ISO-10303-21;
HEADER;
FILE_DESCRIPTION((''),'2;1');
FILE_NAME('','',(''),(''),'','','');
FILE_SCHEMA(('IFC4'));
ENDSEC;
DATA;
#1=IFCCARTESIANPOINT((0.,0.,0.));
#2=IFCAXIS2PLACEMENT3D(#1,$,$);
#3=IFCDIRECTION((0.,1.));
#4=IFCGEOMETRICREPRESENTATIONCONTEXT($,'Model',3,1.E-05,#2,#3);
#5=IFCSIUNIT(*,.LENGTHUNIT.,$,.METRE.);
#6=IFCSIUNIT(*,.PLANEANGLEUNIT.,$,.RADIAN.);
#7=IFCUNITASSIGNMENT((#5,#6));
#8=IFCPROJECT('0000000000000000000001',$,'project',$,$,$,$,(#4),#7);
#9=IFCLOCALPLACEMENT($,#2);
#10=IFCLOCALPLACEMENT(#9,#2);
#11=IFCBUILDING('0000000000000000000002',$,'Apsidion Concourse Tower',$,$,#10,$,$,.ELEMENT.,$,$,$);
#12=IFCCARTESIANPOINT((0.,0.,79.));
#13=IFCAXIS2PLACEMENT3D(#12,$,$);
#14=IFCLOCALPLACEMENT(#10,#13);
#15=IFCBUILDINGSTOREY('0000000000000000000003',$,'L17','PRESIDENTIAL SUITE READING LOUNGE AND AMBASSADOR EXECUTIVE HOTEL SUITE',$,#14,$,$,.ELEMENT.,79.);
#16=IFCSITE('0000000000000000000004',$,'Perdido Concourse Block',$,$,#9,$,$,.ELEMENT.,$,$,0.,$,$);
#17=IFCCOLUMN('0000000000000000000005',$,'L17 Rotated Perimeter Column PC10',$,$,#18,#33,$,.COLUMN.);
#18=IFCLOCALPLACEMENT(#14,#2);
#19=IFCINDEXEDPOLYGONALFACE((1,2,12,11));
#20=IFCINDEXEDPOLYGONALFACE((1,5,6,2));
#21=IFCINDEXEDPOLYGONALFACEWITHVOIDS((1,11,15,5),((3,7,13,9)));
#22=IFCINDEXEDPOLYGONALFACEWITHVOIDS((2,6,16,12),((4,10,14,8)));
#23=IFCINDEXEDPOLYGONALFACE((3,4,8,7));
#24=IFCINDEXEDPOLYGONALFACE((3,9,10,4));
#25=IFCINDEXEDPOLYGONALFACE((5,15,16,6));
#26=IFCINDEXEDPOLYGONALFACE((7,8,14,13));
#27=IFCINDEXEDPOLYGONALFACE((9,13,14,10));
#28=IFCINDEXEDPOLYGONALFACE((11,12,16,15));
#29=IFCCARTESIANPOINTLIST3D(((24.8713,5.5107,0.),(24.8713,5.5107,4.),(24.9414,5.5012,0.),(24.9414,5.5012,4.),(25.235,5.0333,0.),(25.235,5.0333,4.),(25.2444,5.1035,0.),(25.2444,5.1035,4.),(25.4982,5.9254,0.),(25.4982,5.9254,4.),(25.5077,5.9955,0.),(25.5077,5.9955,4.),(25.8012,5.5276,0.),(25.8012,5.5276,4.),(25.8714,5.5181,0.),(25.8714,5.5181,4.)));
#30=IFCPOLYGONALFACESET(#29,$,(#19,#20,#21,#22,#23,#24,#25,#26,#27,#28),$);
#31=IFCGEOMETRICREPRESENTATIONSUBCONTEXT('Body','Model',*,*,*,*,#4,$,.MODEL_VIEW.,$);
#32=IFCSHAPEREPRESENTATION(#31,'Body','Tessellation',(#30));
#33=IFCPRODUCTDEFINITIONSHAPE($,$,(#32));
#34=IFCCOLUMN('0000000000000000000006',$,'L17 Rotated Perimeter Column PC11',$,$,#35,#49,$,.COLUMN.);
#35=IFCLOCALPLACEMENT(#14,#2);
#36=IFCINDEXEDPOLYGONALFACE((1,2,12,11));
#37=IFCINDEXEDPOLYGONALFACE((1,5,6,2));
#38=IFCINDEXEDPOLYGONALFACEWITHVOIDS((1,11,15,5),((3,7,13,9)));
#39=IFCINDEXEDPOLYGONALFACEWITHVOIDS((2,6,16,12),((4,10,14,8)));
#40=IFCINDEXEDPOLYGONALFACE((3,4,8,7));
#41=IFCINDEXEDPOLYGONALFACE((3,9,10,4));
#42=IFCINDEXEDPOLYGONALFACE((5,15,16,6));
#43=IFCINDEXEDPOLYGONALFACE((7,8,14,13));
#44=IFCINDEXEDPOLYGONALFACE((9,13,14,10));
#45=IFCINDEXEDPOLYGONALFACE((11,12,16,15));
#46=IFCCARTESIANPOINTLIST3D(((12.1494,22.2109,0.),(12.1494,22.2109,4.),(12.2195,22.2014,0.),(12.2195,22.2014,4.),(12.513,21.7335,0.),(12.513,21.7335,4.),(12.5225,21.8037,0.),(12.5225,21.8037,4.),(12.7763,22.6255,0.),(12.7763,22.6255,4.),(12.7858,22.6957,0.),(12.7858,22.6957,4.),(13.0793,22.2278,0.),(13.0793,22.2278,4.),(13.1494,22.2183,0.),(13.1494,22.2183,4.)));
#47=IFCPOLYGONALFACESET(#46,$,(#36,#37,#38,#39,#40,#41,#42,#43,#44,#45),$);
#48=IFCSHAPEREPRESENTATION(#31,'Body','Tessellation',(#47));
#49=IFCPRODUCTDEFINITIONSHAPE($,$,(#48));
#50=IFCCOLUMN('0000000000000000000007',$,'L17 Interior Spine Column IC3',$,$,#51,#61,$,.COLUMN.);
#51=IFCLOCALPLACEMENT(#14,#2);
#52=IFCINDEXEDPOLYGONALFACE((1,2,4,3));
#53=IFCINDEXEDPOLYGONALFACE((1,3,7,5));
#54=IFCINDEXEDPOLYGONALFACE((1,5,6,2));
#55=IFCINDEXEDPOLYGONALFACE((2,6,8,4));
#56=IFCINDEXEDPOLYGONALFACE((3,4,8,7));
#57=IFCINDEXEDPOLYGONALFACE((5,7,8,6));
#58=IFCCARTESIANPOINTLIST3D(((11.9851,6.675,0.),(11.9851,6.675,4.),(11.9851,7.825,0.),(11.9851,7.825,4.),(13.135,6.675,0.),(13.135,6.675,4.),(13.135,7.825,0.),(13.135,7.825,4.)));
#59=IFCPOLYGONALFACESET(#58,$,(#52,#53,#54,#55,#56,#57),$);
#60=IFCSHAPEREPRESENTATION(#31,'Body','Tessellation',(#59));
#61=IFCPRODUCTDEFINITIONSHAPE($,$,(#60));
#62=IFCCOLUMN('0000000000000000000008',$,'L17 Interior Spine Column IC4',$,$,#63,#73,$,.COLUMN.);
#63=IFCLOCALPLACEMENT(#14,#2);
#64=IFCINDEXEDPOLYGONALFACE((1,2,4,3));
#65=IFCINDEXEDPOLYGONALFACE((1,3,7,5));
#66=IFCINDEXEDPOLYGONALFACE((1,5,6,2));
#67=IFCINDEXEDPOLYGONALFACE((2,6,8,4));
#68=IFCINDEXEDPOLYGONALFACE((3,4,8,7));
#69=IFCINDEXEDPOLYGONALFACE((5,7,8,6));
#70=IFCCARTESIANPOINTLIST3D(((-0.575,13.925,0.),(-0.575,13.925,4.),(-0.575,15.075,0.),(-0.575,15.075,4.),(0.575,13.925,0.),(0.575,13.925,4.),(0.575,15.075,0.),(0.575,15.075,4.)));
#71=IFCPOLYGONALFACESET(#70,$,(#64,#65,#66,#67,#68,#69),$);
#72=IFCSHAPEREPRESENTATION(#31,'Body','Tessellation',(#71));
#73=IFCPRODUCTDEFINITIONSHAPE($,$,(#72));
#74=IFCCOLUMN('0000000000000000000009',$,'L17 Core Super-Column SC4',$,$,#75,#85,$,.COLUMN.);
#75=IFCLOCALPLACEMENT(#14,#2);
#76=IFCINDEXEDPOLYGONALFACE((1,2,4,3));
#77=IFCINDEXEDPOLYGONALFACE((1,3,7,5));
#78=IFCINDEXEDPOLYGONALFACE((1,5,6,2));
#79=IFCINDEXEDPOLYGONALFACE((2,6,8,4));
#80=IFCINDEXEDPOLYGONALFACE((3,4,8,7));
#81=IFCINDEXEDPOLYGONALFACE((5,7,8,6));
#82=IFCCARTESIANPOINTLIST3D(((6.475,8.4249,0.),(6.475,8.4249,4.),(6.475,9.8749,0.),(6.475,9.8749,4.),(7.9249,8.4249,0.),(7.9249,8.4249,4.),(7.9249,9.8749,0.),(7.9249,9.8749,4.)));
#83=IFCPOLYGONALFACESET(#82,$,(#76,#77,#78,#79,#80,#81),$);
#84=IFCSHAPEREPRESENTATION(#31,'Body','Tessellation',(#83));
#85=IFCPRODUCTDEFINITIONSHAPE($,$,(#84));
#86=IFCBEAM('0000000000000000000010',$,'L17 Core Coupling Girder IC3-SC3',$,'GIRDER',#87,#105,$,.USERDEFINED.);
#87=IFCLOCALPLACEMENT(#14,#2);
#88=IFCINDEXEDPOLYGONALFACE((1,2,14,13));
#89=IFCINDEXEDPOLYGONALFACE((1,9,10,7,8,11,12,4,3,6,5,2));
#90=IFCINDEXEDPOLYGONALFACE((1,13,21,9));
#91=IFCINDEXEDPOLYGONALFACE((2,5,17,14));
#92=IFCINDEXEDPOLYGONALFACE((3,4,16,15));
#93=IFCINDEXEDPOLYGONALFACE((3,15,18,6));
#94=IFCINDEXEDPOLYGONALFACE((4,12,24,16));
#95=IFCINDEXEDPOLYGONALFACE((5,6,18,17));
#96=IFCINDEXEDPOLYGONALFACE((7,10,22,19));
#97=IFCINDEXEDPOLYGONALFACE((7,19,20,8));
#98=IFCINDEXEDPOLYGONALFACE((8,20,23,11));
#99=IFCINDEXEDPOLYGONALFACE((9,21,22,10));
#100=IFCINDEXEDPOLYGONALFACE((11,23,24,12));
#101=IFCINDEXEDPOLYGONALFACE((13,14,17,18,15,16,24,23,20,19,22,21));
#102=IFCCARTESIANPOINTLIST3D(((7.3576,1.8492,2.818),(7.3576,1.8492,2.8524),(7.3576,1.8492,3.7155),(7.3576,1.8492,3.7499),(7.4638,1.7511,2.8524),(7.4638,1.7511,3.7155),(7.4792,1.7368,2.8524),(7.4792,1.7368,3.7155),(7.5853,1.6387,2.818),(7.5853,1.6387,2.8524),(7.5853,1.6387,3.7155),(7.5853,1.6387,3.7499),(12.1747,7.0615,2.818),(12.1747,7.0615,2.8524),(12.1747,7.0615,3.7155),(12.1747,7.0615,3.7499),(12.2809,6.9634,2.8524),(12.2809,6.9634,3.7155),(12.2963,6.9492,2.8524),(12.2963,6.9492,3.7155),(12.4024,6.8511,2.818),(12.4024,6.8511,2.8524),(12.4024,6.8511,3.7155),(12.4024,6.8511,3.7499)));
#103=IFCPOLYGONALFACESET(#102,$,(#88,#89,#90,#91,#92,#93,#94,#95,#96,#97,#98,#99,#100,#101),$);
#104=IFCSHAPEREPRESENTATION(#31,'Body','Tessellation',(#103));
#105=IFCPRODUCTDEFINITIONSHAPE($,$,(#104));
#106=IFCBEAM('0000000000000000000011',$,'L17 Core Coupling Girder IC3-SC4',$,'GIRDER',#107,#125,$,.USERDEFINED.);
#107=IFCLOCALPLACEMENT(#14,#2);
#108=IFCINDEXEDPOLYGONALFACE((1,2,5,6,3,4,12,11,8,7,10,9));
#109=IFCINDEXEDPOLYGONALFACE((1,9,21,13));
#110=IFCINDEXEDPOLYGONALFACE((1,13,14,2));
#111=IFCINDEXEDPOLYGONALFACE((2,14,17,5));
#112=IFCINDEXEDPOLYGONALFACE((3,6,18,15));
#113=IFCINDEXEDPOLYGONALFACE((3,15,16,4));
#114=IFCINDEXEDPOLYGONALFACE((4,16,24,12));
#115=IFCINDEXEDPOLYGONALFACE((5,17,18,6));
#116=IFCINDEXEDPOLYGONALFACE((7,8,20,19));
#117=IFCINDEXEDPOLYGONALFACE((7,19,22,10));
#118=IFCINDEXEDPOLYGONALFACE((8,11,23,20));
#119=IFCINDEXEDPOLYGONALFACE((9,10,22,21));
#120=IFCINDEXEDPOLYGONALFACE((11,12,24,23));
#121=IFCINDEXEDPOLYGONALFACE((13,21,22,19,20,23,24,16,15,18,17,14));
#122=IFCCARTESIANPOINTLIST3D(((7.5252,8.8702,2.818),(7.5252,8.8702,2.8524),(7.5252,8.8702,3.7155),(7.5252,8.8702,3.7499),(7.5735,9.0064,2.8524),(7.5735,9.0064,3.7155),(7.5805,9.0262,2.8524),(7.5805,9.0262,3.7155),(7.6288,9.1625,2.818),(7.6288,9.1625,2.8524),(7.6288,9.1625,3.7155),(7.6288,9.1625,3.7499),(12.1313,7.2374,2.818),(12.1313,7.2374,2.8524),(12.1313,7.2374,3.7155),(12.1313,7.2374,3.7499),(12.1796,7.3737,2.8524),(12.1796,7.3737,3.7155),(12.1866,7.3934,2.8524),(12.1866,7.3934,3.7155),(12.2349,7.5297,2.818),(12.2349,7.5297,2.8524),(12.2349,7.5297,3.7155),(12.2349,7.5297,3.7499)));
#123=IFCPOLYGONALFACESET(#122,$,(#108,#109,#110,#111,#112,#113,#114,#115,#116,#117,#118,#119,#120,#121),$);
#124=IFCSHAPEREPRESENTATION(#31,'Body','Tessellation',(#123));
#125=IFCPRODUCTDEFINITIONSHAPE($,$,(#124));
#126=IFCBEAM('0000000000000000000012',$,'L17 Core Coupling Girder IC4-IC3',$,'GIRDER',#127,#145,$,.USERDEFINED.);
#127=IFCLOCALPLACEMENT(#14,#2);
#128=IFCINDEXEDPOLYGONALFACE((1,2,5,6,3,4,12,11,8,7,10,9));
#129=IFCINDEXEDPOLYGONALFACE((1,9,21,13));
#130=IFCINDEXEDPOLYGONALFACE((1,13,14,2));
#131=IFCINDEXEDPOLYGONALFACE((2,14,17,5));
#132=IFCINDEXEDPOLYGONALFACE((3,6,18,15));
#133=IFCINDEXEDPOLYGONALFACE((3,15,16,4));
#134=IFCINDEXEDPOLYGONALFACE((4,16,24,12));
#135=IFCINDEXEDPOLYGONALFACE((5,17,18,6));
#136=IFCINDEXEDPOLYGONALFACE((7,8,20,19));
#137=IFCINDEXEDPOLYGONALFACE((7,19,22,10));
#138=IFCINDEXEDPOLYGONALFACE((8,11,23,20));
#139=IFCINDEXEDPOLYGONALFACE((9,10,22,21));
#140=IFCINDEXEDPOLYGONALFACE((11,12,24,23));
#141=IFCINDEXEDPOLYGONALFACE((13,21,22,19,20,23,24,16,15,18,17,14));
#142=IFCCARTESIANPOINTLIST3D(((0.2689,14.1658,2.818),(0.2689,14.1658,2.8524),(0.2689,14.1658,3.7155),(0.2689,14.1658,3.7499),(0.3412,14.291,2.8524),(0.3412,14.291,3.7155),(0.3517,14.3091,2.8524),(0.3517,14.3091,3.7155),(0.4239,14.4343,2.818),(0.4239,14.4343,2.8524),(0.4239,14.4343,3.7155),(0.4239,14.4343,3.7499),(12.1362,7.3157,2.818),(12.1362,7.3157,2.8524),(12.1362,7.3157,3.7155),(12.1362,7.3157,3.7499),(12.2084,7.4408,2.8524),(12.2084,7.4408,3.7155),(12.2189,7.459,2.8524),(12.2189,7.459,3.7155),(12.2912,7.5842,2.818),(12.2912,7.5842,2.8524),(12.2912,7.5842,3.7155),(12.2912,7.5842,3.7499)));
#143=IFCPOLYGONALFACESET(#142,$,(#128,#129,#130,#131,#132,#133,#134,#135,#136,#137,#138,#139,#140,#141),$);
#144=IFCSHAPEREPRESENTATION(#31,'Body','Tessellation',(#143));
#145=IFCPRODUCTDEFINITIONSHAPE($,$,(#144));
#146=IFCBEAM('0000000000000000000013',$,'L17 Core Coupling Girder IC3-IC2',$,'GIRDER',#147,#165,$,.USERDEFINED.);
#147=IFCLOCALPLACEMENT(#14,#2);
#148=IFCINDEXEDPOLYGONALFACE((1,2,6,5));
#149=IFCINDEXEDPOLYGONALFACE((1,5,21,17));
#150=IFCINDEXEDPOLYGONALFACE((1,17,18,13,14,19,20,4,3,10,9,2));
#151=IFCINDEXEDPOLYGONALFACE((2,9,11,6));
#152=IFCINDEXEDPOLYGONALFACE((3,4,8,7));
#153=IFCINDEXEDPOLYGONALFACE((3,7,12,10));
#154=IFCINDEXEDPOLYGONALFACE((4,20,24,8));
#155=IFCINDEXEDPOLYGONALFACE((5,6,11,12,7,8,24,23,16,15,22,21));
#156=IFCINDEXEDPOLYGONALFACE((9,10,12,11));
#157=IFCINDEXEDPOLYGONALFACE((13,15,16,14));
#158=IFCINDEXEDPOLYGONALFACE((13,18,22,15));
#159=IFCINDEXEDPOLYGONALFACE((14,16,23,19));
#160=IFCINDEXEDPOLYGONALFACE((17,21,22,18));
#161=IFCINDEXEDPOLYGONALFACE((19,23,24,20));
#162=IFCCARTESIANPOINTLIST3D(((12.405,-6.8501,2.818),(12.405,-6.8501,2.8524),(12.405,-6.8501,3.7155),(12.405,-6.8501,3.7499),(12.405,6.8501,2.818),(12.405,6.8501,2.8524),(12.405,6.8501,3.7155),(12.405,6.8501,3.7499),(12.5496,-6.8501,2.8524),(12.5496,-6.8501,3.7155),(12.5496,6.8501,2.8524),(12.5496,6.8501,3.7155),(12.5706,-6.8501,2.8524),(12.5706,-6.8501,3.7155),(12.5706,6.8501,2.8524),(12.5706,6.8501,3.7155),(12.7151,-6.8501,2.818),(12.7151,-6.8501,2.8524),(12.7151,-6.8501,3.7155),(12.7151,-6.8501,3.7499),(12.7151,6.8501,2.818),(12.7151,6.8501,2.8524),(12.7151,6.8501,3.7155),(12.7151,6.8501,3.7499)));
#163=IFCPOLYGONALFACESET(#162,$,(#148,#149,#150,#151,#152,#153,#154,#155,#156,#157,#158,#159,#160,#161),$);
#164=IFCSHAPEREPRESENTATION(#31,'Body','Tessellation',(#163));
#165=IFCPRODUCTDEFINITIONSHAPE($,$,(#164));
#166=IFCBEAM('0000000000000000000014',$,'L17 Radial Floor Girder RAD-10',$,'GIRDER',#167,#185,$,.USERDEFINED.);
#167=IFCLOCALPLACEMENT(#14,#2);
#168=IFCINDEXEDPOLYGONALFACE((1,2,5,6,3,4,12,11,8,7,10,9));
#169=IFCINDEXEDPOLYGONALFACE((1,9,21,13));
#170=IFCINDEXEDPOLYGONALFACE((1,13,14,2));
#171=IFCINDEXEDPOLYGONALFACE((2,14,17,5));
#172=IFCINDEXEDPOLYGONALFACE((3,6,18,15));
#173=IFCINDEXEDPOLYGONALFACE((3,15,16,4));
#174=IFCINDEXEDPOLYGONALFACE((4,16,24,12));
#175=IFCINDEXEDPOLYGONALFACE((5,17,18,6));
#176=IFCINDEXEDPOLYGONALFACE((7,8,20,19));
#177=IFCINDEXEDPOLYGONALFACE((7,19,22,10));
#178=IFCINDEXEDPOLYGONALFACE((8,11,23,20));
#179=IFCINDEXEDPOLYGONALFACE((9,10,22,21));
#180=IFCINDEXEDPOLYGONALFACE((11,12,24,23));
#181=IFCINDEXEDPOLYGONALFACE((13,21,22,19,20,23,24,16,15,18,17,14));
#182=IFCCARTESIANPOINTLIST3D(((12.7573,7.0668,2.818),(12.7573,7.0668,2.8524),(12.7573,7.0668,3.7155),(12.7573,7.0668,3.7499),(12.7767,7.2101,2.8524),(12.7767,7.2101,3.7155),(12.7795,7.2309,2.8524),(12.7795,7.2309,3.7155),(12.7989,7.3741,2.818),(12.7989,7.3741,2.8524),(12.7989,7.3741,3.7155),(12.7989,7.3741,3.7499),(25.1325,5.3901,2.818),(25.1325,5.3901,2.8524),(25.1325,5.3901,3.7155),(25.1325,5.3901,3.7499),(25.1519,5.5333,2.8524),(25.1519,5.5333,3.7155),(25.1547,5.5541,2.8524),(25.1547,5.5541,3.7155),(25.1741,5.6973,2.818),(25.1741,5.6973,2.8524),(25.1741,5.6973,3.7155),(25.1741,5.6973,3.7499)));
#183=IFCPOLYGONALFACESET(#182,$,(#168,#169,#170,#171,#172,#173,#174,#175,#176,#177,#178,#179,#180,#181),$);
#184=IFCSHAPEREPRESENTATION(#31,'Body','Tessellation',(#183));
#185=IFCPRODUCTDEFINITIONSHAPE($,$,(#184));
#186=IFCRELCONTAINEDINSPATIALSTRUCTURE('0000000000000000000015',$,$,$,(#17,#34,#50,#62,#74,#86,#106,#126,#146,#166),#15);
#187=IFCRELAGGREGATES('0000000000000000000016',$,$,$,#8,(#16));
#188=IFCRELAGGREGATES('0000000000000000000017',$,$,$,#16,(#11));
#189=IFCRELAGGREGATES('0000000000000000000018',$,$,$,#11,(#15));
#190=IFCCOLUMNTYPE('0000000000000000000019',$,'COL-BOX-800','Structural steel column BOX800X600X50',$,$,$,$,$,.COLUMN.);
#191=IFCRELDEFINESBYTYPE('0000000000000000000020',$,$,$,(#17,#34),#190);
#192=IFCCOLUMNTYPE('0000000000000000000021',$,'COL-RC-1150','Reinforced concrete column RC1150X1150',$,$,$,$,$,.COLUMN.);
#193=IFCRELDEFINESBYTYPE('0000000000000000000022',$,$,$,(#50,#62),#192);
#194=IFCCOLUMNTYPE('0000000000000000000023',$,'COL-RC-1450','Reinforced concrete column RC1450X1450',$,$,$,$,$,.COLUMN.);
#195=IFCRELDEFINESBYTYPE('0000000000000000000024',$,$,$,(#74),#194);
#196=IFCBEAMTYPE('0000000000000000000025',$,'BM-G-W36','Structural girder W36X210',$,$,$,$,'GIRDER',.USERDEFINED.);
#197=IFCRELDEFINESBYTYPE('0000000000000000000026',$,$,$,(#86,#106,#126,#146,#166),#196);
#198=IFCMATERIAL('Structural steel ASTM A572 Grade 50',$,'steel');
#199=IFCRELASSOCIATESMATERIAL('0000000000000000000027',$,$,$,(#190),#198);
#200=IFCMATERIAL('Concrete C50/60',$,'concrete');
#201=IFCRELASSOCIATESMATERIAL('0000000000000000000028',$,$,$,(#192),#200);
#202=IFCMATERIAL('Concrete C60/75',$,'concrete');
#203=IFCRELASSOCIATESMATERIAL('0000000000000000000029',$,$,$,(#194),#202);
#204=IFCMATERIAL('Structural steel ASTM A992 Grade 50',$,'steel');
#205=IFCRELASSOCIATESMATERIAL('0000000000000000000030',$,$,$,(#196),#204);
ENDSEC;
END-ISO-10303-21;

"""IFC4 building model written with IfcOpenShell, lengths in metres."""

from ifc_helpers import new_model, si_unit, direction, frame, origin, origin_2d, place, context, subcontext, project, spatial, rectangle, hollow_rectangle, i_section, extrude, material, material_profile, profile_set, type_object, element, save


model = new_model("IFC4")

# Units and contexts
model_context = context("Model", 3, precision=1e-05, world=origin(), true_north=direction((0.0, 1.0)))
body_context = subcontext(model_context, "Body", "Model", "MODEL_VIEW")
ifc_project = project(units=[si_unit("LENGTHUNIT", "METRE"), si_unit("PLANEANGLEUNIT", "RADIAN")], contexts=[model_context])

# Site, building, storey
site_placement = place(None, origin())
site = spatial("IfcSite", under=ifc_project, at=site_placement, Name="Perdido Concourse Block", CompositionType="ELEMENT", RefElevation=0.0)
building_placement = place(site_placement, origin())
building = spatial("IfcBuilding", under=site, at=building_placement, Name="Apsidion Concourse Tower", CompositionType="ELEMENT")
storey_placement = place(building_placement, frame((0.0, 0.0, 79.0)))
storey = spatial("IfcBuildingStorey", under=building, at=storey_placement, Name="L17", Description="PRESIDENTIAL SUITE READING LOUNGE AND AMBASSADOR EXECUTIVE HOTEL SUITE", CompositionType="ELEMENT", Elevation=79.0)

# Columns
ifc_material_1 = material(Name="Structural steel ASTM A572 Grade 50", Category="steel")
ifc_material_profile_1 = material_profile(ifc_material_1, hollow_rectangle(XDim=0.6001, YDim=0.8, WallThickness=0.05, at=origin_2d()), Name="BOX800X600X50")
ifc_profile_set_1 = profile_set([ifc_material_profile_1], Name="Structural steel ASTM A572 Grade 50")
column_type_1 = type_object("IfcColumnType", Name="COL-BOX-800", Description="Structural steel column BOX800X600X50", PredefinedType="COLUMN", material=ifc_profile_set_1)
for number, where, z_axis, x_axis, name in (
    (1, (25.3713, 5.5144, 0.0), (0.0, 0.0, 1.0), (-0.605988, 0.795473, 0.0), "L17 Rotated Perimeter Column PC10"),
    (2, (12.6494, 22.2146, 0.0), (0.0, 0.0, 1.0), (-0.605988, 0.795473, 0.0), "L17 Rotated Perimeter Column PC11"),
):
    element("IfcColumn", number, at=place(storey_placement, frame(where, z_axis=z_axis, x_axis=x_axis)), inside=storey, type_object=column_type_1, Name=name, PredefinedType="COLUMN", context=body_context, shape_type="SweptSolid", body=[
        extrude(hollow_rectangle(XDim=0.6001, YDim=0.8, WallThickness=0.05, at=origin_2d()), origin(), (0.0, 0.0, 1.0), 4.0),
    ])
ifc_material_2 = material(Name="Concrete C50/60", Category="concrete")
ifc_material_profile_2 = material_profile(ifc_material_2, rectangle(XDim=1.1499, YDim=1.1499, at=origin_2d()), Name="RC 1150x1150")
ifc_profile_set_2 = profile_set([ifc_material_profile_2], Name="Concrete C50/60")
column_type_2 = type_object("IfcColumnType", Name="COL-RC-1150", Description="Reinforced concrete column RC1150X1150", PredefinedType="COLUMN", material=ifc_profile_set_2)
for number, where, z_axis, x_axis, name in (
    (3, (12.5601, 7.25, 0.0), (0.0, 0.0, 1.0), (1.0, 0.0, 0.0), "L17 Interior Spine Column IC3"),
    (4, (0.0, 14.5, 0.0), (0.0, 0.0, 1.0), (1.0, 0.0, 0.0), "L17 Interior Spine Column IC4"),
):
    element("IfcColumn", number, at=place(storey_placement, frame(where, z_axis=z_axis, x_axis=x_axis)), inside=storey, type_object=column_type_2, Name=name, PredefinedType="COLUMN", context=body_context, shape_type="SweptSolid", body=[
        extrude(rectangle(XDim=1.1499, YDim=1.1499, at=origin_2d()), origin(), (0.0, 0.0, 1.0), 4.0),
    ])
ifc_material_3 = material(Name="Concrete C60/75", Category="concrete")
ifc_material_profile_3 = material_profile(ifc_material_3, rectangle(XDim=1.45, YDim=1.45, at=origin_2d()), Name="RC 1450x1450")
ifc_profile_set_3 = profile_set([ifc_material_profile_3], Name="Concrete C60/75")
column_type_3 = type_object("IfcColumnType", Name="COL-RC-1450", Description="Reinforced concrete column RC1450X1450", PredefinedType="COLUMN", material=ifc_profile_set_3)
column_placement = place(storey_placement, frame((7.2, 9.1499, 0.0), z_axis=(0.0, 0.0, 1.0), x_axis=(1.0, 0.0, 0.0)))
element("IfcColumn", 5, at=column_placement, inside=storey, type_object=column_type_3, Name="L17 Core Super-Column SC4", PredefinedType="COLUMN", context=body_context, shape_type="SweptSolid", body=[
    extrude(rectangle(XDim=1.45, YDim=1.45, at=origin_2d()), origin(), (0.0, 0.0, 1.0), 4.0),
])

# Beams
ifc_material_4 = material(Name="Structural steel ASTM A992 Grade 50", Category="steel")
ifc_material_profile_4 = material_profile(ifc_material_4, i_section(OverallWidth=0.3101, OverallDepth=0.9319, WebThickness=0.021, FlangeThickness=0.0344, at=origin_2d()), Name="W36X210")
ifc_profile_set_4 = profile_set([ifc_material_profile_4], Name="Structural steel ASTM A992 Grade 50")
beam_type_1 = type_object("IfcBeamType", Name="BM-G-W36", Description="Structural girder W36X210", ElementType="GIRDER", PredefinedType="USERDEFINED", material=ifc_profile_set_4)
beam_1_placement = place(storey_placement, frame((12.2886, 6.9563, 3.2839), z_axis=(-0.678713, -0.734404, 0.0), x_axis=(0.734404, -0.678713, 0.0)))
element("IfcBeam", 6, at=beam_1_placement, inside=storey, type_object=beam_type_1, Name="L17 Core Coupling Girder IC3-SC3", ObjectType="GIRDER", PredefinedType="USERDEFINED", context=body_context, shape_type="SweptSolid", body=[
    extrude(i_section(OverallWidth=0.3101, OverallDepth=0.9319, WebThickness=0.021, FlangeThickness=0.0344, at=origin_2d()), origin(), (0.0, 0.0, 1.0), 7.0974),
])
beam_2_placement = place(storey_placement, frame((12.1831, 7.3835, 3.2839), z_axis=(-0.942534, 0.334111, 0.0), x_axis=(-0.334111, -0.942534, 0.0)))
element("IfcBeam", 7, at=beam_2_placement, inside=storey, type_object=beam_type_1, Name="L17 Core Coupling Girder IC3-SC4", ObjectType="GIRDER", PredefinedType="USERDEFINED", context=body_context, shape_type="SweptSolid", body=[
    extrude(i_section(OverallWidth=0.3101, OverallDepth=0.9319, WebThickness=0.021, FlangeThickness=0.0344, at=origin_2d()), origin(), (0.0, 0.0, 1.0), 4.887),
])
beam_3_placement = place(storey_placement, frame((0.3464, 14.3, 3.2839), z_axis=(0.86607, -0.499922, 0.0), x_axis=(0.499922, 0.86607, 0.0)))
element("IfcBeam", 8, at=beam_3_placement, inside=storey, type_object=beam_type_1, Name="L17 Core Coupling Girder IC4-IC3", ObjectType="GIRDER", PredefinedType="USERDEFINED", context=body_context, shape_type="SweptSolid", body=[
    extrude(i_section(OverallWidth=0.3101, OverallDepth=0.9319, WebThickness=0.021, FlangeThickness=0.0344, at=origin_2d()), origin(), (0.0, 0.0, 1.0), 13.7024),
])
beam_4_placement = place(storey_placement, frame((12.5601, 6.8501, 3.2839), z_axis=(0.0, -1.0, 0.0), x_axis=(1.0, 0.0, 0.0)))
element("IfcBeam", 9, at=beam_4_placement, inside=storey, type_object=beam_type_1, Name="L17 Core Coupling Girder IC3-IC2", ObjectType="GIRDER", PredefinedType="USERDEFINED", context=body_context, shape_type="SweptSolid", body=[
    extrude(i_section(OverallWidth=0.3101, OverallDepth=0.9319, WebThickness=0.021, FlangeThickness=0.0344, at=origin_2d()), origin(), (0.0, 0.0, 1.0), 13.7002),
])
beam_5_placement = place(storey_placement, frame((12.7781, 7.2205, 3.2839), z_axis=(0.990945, -0.134266, 0.0), x_axis=(0.134266, 0.990945, 0.0)))
element("IfcBeam", 10, at=beam_5_placement, inside=storey, type_object=beam_type_1, Name="L17 Radial Floor Girder RAD-10", ObjectType="GIRDER", PredefinedType="USERDEFINED", context=body_context, shape_type="SweptSolid", body=[
    extrude(i_section(OverallWidth=0.3101, OverallDepth=0.9319, WebThickness=0.021, FlangeThickness=0.0344, at=origin_2d()), origin(), (0.0, 0.0, 1.0), 12.4883),
])

save(model, "model.ifc")
